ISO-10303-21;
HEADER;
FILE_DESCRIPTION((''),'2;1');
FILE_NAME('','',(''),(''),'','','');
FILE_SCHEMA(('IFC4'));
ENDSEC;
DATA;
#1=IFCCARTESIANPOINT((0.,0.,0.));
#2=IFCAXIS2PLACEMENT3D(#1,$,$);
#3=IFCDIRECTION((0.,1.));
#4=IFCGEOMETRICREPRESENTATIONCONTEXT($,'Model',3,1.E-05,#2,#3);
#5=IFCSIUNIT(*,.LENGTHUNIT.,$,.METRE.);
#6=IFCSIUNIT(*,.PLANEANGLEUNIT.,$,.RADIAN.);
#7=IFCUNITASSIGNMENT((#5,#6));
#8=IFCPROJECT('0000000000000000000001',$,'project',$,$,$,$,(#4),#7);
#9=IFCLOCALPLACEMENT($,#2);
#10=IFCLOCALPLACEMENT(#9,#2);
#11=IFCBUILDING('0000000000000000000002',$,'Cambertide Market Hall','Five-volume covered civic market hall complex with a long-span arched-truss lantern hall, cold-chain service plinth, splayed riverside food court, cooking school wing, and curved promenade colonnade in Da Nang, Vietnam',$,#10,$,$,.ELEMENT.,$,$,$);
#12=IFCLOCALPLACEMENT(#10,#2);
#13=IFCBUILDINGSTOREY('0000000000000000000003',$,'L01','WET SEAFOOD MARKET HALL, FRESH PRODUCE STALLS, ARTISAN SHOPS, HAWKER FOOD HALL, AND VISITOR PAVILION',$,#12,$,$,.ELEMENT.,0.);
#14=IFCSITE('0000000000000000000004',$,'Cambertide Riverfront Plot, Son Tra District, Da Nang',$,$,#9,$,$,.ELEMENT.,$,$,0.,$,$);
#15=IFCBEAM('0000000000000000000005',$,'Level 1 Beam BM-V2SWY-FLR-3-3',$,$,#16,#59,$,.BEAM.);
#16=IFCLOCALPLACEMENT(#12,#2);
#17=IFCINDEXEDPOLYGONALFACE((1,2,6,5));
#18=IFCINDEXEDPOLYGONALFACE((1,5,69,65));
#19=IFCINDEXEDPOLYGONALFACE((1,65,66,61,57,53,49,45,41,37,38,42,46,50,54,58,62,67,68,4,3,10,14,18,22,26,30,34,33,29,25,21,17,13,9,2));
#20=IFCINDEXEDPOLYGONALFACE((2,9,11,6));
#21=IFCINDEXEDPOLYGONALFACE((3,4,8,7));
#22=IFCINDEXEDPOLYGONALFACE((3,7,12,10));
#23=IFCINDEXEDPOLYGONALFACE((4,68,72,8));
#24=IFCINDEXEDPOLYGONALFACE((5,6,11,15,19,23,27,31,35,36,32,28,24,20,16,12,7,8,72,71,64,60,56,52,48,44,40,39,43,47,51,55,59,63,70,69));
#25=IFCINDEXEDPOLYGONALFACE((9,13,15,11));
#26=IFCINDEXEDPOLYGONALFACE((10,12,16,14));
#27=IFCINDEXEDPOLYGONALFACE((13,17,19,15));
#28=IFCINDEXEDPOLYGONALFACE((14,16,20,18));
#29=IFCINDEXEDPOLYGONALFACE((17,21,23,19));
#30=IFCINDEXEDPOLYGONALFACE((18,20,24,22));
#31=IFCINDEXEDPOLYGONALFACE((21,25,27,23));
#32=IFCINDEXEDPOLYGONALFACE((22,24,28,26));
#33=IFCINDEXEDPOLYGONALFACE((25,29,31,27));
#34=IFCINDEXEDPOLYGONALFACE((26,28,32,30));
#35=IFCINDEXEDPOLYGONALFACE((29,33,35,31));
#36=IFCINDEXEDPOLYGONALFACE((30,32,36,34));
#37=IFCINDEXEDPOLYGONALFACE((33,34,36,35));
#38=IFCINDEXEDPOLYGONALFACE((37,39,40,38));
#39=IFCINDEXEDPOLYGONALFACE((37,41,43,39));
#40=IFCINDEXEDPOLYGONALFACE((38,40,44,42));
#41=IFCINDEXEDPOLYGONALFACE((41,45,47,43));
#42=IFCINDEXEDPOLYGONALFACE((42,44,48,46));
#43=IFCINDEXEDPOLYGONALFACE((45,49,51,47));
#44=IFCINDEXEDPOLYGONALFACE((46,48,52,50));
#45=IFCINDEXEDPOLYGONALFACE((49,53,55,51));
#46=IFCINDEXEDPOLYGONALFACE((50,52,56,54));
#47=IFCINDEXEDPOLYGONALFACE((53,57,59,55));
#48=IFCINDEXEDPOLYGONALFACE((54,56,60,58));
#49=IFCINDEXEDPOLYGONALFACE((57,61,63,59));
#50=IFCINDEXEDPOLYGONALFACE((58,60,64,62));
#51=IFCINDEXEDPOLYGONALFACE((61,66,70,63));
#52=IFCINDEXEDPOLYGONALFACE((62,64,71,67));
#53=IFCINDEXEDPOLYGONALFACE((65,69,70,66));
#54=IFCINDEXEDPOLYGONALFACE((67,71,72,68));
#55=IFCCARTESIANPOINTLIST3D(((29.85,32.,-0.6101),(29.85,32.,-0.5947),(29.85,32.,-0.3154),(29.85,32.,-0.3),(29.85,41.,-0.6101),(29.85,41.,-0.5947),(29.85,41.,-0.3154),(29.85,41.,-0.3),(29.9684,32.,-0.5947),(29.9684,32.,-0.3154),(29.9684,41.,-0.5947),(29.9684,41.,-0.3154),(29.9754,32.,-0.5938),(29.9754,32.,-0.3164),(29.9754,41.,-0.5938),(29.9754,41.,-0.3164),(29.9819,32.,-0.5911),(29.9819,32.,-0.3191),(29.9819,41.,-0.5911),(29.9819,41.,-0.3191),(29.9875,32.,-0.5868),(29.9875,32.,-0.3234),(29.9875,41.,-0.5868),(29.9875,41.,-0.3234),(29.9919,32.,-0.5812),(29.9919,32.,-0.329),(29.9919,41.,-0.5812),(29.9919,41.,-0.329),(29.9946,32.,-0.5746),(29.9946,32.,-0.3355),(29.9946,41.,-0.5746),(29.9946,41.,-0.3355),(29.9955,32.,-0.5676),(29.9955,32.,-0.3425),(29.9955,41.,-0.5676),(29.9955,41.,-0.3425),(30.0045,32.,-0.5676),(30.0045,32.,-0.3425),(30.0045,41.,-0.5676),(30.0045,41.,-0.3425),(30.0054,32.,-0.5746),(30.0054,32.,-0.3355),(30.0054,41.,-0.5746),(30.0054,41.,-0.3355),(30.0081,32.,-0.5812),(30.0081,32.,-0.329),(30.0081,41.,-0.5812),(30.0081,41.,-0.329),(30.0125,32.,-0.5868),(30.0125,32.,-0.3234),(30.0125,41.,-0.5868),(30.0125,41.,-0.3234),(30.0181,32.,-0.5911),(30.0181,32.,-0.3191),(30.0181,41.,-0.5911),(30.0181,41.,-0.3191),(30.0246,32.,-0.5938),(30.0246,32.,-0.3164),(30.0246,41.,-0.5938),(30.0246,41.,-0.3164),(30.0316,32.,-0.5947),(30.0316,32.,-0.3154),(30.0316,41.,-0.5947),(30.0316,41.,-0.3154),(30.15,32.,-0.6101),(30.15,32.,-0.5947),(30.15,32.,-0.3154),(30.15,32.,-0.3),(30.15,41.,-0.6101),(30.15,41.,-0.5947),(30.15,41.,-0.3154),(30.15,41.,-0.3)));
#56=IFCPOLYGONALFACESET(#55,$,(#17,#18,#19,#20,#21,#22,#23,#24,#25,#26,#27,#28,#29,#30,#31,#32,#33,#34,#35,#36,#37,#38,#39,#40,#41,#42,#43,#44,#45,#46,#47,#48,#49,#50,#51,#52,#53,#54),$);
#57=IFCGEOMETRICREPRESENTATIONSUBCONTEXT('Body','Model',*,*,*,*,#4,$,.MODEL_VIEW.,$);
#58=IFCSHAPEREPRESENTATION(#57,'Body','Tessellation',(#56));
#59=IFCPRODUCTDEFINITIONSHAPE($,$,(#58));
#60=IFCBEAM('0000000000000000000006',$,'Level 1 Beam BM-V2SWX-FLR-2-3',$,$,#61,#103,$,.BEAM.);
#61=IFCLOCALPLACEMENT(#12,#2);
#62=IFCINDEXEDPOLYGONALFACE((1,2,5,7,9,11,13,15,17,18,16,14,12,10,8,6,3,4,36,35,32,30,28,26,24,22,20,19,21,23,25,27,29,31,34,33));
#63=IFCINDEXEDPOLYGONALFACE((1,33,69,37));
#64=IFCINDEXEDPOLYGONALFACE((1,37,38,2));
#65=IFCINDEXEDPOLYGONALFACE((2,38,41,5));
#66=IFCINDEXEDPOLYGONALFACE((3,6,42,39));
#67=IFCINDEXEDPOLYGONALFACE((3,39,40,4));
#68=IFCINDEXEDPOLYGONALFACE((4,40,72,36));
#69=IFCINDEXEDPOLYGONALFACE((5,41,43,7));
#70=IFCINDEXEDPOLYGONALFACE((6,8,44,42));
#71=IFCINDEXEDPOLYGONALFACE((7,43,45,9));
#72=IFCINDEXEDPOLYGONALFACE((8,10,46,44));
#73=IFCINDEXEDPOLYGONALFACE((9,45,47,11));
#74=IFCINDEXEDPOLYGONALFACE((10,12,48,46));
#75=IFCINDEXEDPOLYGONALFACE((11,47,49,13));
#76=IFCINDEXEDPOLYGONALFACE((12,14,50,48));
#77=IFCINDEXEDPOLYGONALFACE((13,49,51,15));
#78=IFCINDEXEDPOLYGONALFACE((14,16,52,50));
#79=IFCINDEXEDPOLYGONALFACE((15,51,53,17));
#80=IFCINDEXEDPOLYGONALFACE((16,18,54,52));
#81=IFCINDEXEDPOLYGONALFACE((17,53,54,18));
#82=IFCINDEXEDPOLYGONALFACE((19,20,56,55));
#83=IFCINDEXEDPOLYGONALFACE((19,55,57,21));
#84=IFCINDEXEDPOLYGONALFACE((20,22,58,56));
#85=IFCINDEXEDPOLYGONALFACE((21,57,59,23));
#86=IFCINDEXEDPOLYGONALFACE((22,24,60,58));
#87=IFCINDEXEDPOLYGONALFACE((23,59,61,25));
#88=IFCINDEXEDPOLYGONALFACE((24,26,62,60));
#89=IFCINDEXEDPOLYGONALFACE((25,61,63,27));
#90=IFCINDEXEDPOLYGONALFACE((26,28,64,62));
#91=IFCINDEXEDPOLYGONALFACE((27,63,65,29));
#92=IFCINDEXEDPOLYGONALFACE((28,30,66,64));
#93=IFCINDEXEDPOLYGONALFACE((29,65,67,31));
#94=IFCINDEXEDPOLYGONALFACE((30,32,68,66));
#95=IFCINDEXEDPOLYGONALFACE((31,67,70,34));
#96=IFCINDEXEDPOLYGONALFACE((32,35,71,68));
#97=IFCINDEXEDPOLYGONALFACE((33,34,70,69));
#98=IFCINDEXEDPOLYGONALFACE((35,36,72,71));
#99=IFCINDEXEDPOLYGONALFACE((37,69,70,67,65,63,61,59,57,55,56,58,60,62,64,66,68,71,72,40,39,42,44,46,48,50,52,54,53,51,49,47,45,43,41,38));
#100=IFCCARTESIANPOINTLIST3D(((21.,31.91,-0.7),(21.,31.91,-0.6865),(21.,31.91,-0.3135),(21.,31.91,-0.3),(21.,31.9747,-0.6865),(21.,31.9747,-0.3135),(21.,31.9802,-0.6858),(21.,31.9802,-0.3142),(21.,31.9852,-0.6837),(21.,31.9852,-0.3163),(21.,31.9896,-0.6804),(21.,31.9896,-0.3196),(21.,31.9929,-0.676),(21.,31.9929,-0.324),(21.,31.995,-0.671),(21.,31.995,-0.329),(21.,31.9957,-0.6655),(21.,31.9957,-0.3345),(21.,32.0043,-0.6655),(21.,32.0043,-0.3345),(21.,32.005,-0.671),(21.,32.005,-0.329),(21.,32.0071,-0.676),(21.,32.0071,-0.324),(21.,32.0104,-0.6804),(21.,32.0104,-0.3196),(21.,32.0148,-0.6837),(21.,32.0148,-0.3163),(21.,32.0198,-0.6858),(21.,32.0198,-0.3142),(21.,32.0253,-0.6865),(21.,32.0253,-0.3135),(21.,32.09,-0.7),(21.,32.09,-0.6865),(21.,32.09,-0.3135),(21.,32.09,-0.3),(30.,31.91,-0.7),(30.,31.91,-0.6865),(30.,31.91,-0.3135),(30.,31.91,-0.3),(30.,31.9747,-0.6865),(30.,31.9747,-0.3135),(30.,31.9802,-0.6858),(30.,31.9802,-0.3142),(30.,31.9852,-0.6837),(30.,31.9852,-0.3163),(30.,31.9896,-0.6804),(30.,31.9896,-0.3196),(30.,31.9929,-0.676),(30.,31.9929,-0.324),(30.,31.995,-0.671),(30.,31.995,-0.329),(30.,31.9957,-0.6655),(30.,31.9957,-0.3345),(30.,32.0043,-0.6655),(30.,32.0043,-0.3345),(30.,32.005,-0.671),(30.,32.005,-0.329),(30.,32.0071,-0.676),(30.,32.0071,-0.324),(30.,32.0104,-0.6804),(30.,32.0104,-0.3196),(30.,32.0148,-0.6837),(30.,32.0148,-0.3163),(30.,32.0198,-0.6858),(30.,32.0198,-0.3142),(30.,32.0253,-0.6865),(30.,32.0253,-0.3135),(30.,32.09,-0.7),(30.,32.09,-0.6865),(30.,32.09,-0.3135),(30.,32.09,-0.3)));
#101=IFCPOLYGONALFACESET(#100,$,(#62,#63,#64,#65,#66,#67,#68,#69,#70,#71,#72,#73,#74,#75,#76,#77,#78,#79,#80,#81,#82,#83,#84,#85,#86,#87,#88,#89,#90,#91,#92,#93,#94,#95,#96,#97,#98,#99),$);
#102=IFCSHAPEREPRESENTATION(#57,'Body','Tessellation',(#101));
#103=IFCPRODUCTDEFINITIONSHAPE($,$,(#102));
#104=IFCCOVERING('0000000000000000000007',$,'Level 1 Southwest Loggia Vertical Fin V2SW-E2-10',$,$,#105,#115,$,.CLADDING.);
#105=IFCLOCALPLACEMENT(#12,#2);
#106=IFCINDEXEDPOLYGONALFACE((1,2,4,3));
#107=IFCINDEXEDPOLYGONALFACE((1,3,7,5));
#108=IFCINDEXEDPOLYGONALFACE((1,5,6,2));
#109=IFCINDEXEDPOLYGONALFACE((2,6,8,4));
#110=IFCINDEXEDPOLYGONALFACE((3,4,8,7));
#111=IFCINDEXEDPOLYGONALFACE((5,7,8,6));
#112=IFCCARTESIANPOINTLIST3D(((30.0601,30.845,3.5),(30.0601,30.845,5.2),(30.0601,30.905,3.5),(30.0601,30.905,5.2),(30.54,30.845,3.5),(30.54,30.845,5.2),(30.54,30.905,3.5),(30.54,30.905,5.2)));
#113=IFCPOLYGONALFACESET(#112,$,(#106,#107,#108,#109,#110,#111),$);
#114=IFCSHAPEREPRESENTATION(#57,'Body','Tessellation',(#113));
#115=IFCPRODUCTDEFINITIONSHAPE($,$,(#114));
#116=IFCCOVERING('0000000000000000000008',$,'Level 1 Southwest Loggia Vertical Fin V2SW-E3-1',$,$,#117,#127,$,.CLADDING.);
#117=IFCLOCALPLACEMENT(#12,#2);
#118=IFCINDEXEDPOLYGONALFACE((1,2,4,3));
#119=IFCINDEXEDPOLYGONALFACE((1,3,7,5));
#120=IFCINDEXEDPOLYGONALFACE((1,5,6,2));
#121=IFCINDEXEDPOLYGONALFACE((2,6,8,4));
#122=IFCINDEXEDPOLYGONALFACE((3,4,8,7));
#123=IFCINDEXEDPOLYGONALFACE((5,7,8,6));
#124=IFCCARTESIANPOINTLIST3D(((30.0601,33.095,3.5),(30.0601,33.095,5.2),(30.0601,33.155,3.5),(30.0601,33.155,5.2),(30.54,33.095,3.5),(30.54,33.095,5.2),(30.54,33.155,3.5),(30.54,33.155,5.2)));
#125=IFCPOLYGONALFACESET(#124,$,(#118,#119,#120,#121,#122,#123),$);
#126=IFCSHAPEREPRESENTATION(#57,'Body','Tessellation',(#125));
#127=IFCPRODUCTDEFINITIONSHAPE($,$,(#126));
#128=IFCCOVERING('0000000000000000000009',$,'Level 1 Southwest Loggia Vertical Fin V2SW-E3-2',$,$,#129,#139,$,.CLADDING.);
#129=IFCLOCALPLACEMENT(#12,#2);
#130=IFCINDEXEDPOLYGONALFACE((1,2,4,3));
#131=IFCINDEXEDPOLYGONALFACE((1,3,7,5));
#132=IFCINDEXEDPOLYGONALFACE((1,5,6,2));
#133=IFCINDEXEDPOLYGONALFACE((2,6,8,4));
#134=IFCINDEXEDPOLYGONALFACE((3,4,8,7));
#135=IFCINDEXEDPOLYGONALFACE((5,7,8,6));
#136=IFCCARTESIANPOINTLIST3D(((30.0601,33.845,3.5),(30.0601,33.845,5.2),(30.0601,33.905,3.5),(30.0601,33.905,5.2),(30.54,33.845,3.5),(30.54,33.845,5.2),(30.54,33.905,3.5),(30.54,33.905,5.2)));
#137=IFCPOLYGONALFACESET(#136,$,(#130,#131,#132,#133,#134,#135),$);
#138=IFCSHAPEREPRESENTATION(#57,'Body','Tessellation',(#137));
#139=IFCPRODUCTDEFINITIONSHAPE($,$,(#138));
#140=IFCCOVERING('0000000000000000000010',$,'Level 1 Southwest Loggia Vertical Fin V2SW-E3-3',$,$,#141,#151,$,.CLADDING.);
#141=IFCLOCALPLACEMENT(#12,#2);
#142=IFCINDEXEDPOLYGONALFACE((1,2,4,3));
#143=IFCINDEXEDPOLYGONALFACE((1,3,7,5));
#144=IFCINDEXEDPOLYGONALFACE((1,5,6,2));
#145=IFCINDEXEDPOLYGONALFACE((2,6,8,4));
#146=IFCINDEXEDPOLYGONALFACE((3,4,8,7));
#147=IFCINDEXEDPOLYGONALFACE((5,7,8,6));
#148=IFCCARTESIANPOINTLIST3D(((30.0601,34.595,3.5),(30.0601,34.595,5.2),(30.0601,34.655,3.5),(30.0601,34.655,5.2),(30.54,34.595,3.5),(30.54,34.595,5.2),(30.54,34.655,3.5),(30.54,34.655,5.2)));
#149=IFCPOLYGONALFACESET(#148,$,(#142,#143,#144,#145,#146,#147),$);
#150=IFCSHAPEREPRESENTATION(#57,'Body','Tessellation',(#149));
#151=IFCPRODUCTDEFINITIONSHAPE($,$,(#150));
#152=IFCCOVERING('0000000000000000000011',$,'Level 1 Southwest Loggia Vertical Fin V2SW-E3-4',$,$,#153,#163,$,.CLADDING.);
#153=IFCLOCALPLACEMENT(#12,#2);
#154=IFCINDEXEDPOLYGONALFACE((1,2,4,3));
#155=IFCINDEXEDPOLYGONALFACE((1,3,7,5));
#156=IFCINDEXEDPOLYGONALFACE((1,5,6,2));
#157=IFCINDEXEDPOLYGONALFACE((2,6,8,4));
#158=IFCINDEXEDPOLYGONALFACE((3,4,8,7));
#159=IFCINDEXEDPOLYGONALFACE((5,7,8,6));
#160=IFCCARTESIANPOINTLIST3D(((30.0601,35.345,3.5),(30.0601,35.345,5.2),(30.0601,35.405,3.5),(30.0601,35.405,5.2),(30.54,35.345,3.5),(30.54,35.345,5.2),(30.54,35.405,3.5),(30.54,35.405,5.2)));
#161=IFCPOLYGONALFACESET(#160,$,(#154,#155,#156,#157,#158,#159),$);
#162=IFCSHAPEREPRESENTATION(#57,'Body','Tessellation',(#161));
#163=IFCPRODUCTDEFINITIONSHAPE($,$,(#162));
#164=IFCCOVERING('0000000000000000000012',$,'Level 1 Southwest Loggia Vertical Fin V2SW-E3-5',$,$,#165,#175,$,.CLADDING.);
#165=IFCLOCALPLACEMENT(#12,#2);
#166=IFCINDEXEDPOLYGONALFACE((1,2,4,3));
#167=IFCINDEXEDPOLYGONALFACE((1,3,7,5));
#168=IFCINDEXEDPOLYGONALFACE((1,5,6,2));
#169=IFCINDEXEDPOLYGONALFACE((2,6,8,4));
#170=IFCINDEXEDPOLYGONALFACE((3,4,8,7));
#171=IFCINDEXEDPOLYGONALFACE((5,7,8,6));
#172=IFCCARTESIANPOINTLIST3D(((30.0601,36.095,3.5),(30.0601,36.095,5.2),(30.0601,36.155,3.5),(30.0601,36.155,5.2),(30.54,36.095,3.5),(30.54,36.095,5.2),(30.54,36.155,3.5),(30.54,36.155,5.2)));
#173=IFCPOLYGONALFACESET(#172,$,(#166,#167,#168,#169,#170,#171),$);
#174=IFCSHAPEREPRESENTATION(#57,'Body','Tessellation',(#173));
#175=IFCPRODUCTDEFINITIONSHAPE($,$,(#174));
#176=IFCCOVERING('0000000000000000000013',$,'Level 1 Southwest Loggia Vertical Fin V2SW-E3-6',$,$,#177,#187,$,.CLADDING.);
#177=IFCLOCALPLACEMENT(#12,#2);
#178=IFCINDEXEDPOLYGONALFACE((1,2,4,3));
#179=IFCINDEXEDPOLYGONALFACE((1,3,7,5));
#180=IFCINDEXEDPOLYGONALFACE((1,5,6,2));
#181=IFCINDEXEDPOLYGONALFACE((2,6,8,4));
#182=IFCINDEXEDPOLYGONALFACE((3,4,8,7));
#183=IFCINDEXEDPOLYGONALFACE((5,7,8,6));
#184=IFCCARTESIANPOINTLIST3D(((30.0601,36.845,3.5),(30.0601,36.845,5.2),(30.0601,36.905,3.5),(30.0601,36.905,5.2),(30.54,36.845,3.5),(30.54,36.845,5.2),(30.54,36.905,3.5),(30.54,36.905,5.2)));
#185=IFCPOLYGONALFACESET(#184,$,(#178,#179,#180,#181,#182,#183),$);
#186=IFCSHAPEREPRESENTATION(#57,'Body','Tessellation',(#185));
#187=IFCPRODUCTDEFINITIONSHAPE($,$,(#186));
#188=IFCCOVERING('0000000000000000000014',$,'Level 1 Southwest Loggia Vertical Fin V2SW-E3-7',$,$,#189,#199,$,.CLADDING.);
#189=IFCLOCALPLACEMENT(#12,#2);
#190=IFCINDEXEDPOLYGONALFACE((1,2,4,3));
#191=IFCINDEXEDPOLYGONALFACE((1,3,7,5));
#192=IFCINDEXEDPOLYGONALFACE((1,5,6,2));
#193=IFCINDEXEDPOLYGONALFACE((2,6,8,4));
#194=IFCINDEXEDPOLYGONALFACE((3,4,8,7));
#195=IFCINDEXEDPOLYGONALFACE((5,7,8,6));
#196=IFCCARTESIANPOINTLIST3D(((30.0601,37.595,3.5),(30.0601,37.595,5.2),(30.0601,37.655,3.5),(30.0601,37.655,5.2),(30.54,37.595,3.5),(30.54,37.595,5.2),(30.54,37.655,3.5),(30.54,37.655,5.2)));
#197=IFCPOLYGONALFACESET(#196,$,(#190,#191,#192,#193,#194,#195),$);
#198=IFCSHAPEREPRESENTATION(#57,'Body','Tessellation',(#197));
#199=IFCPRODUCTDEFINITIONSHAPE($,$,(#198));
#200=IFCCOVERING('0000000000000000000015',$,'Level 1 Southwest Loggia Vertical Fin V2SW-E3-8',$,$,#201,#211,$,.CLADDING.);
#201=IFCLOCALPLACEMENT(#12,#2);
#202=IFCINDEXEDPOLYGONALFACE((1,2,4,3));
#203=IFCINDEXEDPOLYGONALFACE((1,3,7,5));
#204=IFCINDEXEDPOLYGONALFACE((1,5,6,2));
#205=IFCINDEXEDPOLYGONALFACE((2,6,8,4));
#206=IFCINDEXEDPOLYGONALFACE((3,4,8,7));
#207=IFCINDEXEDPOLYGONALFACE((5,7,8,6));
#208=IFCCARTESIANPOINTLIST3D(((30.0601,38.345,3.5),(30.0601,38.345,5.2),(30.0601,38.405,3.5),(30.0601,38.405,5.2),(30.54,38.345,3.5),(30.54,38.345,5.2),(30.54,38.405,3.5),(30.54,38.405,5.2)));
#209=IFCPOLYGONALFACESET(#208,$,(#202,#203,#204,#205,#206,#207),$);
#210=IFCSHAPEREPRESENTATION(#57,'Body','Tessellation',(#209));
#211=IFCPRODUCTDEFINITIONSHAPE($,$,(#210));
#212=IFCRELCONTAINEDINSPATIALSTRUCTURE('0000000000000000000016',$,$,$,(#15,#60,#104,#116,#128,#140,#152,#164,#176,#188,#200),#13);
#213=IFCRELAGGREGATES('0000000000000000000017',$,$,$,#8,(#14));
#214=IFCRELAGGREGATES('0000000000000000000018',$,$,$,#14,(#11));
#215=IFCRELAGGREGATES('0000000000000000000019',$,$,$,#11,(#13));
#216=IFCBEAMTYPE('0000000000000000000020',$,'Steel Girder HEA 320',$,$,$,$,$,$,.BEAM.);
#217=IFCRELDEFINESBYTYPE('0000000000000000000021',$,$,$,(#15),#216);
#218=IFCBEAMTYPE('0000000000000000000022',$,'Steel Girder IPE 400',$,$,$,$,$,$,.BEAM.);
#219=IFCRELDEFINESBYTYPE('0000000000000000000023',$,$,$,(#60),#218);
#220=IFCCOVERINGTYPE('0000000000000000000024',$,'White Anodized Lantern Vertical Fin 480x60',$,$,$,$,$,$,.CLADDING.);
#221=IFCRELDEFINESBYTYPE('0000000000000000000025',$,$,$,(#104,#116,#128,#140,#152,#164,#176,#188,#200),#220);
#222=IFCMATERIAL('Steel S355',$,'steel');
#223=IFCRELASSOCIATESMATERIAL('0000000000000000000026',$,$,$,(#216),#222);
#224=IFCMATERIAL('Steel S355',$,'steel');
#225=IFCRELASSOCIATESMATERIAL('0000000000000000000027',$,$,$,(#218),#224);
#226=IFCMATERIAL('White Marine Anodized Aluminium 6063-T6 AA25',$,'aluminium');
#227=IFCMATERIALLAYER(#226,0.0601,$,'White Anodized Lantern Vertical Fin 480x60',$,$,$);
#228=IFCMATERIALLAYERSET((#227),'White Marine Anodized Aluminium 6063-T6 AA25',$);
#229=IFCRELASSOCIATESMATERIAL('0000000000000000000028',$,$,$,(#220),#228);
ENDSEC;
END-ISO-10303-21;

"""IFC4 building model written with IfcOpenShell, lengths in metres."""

from ifc_helpers import new_model, si_unit, direction, frame, origin, origin_2d, place, context, subcontext, project, spatial, rectangle, i_section, extrude, material, layer, layer_set, material_profile, profile_set, type_object, element, save


model = new_model("IFC4")

# Units and contexts
model_context = context("Model", 3, precision=1e-05, world=origin(), true_north=direction((0.0, 1.0)))
body_context = subcontext(model_context, "Body", "Model", "MODEL_VIEW")
ifc_project = project(units=[si_unit("LENGTHUNIT", "METRE"), si_unit("PLANEANGLEUNIT", "RADIAN")], contexts=[model_context])

# Site, building, storey
site_placement = place(None, origin())
site = spatial("IfcSite", under=ifc_project, at=site_placement, Name="Cambertide Riverfront Plot, Son Tra District, Da Nang", CompositionType="ELEMENT", RefElevation=0.0)
building_placement = place(site_placement, origin())
building = spatial("IfcBuilding", under=site, at=building_placement, Name="Cambertide Market Hall", Description="Five-volume covered civic market hall complex with a long-span arched-truss lantern hall, cold-chain service plinth, splayed riverside food court, cooking school wing, and curved promenade colonnade in Da Nang, Vietnam", CompositionType="ELEMENT")
storey_placement = place(building_placement, origin())
storey = spatial("IfcBuildingStorey", under=building, at=storey_placement, Name="L01", Description="WET SEAFOOD MARKET HALL, FRESH PRODUCE STALLS, ARTISAN SHOPS, HAWKER FOOD HALL, AND VISITOR PAVILION", CompositionType="ELEMENT", Elevation=0.0)

# Beams
ifc_material_1 = material(Name="Steel S355", Category="steel")
ifc_material_profile_1 = material_profile(ifc_material_1, i_section(OverallWidth=0.3, OverallDepth=0.3101, WebThickness=0.009, FlangeThickness=0.0154, FilletRadius=0.0271, at=origin_2d()), Name="HEA 320")
ifc_profile_set_1 = profile_set([ifc_material_profile_1], Name="Steel S355")
beam_type_1 = type_object("IfcBeamType", Name="Steel Girder HEA 320", PredefinedType="BEAM", material=ifc_profile_set_1)
for number, where, z_axis, x_axis, name in (
    (1, (30.0, 32.0, -0.4551), (0.0, 1.0, 0.0), (-1.0, 0.0, 0.0), "Level 1 Beam BM-V2SWY-FLR-3-3"),
):
    element("IfcBeam", number, at=place(storey_placement, frame(where, z_axis=z_axis, x_axis=x_axis)), inside=storey, type_object=beam_type_1, Name=name, PredefinedType="BEAM", context=body_context, shape_type="SweptSolid", body=[
        extrude(i_section(OverallWidth=0.3, OverallDepth=0.3101, WebThickness=0.009, FlangeThickness=0.0154, FilletRadius=0.0271, at=origin_2d()), origin(), (0.0, 0.0, 1.0), 9.0),
    ])
ifc_material_2 = material(Name="Steel S355", Category="steel")
ifc_material_profile_2 = material_profile(ifc_material_2, i_section(OverallWidth=0.1799, OverallDepth=0.3999, WebThickness=0.0085, FlangeThickness=0.0134, FilletRadius=0.021, at=origin_2d()), Name="IPE 400")
ifc_profile_set_2 = profile_set([ifc_material_profile_2], Name="Steel S355")
beam_type_2 = type_object("IfcBeamType", Name="Steel Girder IPE 400", PredefinedType="BEAM", material=ifc_profile_set_2)
beam_1_placement = place(storey_placement, frame((21.0, 32.0, -0.5), z_axis=(1.0, 0.0, 0.0), x_axis=(0.0, 1.0, 0.0)))
element("IfcBeam", 2, at=beam_1_placement, inside=storey, type_object=beam_type_2, Name="Level 1 Beam BM-V2SWX-FLR-2-3", PredefinedType="BEAM", context=body_context, shape_type="SweptSolid", body=[
    extrude(i_section(OverallWidth=0.1799, OverallDepth=0.3999, WebThickness=0.0085, FlangeThickness=0.0134, FilletRadius=0.021, at=origin_2d()), origin(), (0.0, 0.0, 1.0), 9.0),
])

# Coverings
ifc_material_3 = material(Name="White Marine Anodized Aluminium 6063-T6 AA25", Category="aluminium")
ifc_layer = layer(ifc_material_3, 0.0601, Name="White Anodized Lantern Vertical Fin 480x60")
ifc_layer_set = layer_set([ifc_layer], Name="White Marine Anodized Aluminium 6063-T6 AA25")
covering_type = type_object("IfcCoveringType", Name="White Anodized Lantern Vertical Fin 480x60", PredefinedType="CLADDING", material=ifc_layer_set)
for number, where, z_axis, x_axis, name in (
    (3, (30.3, 30.875, 3.5), (0.0, 0.0, 1.0), (0.0, -1.0, 0.0), "Level 1 Southwest Loggia Vertical Fin V2SW-E2-10"),
    (4, (30.3, 33.125, 3.5), (0.0, 0.0, 1.0), (0.0, -1.0, 0.0), "Level 1 Southwest Loggia Vertical Fin V2SW-E3-1"),
    (5, (30.3, 33.875, 3.5), (0.0, 0.0, 1.0), (0.0, -1.0, 0.0), "Level 1 Southwest Loggia Vertical Fin V2SW-E3-2"),
    (6, (30.3, 34.625, 3.5), (0.0, 0.0, 1.0), (0.0, -1.0, 0.0), "Level 1 Southwest Loggia Vertical Fin V2SW-E3-3"),
    (7, (30.3, 35.375, 3.5), (0.0, 0.0, 1.0), (0.0, -1.0, 0.0), "Level 1 Southwest Loggia Vertical Fin V2SW-E3-4"),
    (8, (30.3, 36.125, 3.5), (0.0, 0.0, 1.0), (0.0, -1.0, 0.0), "Level 1 Southwest Loggia Vertical Fin V2SW-E3-5"),
    (9, (30.3, 36.875, 3.5), (0.0, 0.0, 1.0), (0.0, -1.0, 0.0), "Level 1 Southwest Loggia Vertical Fin V2SW-E3-6"),
    (10, (30.3, 37.625, 3.5), (0.0, 0.0, 1.0), (0.0, -1.0, 0.0), "Level 1 Southwest Loggia Vertical Fin V2SW-E3-7"),
    (11, (30.3, 38.375, 3.5), (0.0, 0.0, 1.0), (0.0, -1.0, 0.0), "Level 1 Southwest Loggia Vertical Fin V2SW-E3-8"),
):
    element("IfcCovering", number, at=place(storey_placement, frame(where, z_axis=z_axis, x_axis=x_axis)), inside=storey, type_object=covering_type, Name=name, PredefinedType="CLADDING", context=body_context, shape_type="SweptSolid", body=[
        extrude(rectangle(XDim=0.0601, YDim=0.48, at=origin_2d()), origin(), (0.0, 0.0, 1.0), 1.7),
    ])

save(model, "model.ifc")
